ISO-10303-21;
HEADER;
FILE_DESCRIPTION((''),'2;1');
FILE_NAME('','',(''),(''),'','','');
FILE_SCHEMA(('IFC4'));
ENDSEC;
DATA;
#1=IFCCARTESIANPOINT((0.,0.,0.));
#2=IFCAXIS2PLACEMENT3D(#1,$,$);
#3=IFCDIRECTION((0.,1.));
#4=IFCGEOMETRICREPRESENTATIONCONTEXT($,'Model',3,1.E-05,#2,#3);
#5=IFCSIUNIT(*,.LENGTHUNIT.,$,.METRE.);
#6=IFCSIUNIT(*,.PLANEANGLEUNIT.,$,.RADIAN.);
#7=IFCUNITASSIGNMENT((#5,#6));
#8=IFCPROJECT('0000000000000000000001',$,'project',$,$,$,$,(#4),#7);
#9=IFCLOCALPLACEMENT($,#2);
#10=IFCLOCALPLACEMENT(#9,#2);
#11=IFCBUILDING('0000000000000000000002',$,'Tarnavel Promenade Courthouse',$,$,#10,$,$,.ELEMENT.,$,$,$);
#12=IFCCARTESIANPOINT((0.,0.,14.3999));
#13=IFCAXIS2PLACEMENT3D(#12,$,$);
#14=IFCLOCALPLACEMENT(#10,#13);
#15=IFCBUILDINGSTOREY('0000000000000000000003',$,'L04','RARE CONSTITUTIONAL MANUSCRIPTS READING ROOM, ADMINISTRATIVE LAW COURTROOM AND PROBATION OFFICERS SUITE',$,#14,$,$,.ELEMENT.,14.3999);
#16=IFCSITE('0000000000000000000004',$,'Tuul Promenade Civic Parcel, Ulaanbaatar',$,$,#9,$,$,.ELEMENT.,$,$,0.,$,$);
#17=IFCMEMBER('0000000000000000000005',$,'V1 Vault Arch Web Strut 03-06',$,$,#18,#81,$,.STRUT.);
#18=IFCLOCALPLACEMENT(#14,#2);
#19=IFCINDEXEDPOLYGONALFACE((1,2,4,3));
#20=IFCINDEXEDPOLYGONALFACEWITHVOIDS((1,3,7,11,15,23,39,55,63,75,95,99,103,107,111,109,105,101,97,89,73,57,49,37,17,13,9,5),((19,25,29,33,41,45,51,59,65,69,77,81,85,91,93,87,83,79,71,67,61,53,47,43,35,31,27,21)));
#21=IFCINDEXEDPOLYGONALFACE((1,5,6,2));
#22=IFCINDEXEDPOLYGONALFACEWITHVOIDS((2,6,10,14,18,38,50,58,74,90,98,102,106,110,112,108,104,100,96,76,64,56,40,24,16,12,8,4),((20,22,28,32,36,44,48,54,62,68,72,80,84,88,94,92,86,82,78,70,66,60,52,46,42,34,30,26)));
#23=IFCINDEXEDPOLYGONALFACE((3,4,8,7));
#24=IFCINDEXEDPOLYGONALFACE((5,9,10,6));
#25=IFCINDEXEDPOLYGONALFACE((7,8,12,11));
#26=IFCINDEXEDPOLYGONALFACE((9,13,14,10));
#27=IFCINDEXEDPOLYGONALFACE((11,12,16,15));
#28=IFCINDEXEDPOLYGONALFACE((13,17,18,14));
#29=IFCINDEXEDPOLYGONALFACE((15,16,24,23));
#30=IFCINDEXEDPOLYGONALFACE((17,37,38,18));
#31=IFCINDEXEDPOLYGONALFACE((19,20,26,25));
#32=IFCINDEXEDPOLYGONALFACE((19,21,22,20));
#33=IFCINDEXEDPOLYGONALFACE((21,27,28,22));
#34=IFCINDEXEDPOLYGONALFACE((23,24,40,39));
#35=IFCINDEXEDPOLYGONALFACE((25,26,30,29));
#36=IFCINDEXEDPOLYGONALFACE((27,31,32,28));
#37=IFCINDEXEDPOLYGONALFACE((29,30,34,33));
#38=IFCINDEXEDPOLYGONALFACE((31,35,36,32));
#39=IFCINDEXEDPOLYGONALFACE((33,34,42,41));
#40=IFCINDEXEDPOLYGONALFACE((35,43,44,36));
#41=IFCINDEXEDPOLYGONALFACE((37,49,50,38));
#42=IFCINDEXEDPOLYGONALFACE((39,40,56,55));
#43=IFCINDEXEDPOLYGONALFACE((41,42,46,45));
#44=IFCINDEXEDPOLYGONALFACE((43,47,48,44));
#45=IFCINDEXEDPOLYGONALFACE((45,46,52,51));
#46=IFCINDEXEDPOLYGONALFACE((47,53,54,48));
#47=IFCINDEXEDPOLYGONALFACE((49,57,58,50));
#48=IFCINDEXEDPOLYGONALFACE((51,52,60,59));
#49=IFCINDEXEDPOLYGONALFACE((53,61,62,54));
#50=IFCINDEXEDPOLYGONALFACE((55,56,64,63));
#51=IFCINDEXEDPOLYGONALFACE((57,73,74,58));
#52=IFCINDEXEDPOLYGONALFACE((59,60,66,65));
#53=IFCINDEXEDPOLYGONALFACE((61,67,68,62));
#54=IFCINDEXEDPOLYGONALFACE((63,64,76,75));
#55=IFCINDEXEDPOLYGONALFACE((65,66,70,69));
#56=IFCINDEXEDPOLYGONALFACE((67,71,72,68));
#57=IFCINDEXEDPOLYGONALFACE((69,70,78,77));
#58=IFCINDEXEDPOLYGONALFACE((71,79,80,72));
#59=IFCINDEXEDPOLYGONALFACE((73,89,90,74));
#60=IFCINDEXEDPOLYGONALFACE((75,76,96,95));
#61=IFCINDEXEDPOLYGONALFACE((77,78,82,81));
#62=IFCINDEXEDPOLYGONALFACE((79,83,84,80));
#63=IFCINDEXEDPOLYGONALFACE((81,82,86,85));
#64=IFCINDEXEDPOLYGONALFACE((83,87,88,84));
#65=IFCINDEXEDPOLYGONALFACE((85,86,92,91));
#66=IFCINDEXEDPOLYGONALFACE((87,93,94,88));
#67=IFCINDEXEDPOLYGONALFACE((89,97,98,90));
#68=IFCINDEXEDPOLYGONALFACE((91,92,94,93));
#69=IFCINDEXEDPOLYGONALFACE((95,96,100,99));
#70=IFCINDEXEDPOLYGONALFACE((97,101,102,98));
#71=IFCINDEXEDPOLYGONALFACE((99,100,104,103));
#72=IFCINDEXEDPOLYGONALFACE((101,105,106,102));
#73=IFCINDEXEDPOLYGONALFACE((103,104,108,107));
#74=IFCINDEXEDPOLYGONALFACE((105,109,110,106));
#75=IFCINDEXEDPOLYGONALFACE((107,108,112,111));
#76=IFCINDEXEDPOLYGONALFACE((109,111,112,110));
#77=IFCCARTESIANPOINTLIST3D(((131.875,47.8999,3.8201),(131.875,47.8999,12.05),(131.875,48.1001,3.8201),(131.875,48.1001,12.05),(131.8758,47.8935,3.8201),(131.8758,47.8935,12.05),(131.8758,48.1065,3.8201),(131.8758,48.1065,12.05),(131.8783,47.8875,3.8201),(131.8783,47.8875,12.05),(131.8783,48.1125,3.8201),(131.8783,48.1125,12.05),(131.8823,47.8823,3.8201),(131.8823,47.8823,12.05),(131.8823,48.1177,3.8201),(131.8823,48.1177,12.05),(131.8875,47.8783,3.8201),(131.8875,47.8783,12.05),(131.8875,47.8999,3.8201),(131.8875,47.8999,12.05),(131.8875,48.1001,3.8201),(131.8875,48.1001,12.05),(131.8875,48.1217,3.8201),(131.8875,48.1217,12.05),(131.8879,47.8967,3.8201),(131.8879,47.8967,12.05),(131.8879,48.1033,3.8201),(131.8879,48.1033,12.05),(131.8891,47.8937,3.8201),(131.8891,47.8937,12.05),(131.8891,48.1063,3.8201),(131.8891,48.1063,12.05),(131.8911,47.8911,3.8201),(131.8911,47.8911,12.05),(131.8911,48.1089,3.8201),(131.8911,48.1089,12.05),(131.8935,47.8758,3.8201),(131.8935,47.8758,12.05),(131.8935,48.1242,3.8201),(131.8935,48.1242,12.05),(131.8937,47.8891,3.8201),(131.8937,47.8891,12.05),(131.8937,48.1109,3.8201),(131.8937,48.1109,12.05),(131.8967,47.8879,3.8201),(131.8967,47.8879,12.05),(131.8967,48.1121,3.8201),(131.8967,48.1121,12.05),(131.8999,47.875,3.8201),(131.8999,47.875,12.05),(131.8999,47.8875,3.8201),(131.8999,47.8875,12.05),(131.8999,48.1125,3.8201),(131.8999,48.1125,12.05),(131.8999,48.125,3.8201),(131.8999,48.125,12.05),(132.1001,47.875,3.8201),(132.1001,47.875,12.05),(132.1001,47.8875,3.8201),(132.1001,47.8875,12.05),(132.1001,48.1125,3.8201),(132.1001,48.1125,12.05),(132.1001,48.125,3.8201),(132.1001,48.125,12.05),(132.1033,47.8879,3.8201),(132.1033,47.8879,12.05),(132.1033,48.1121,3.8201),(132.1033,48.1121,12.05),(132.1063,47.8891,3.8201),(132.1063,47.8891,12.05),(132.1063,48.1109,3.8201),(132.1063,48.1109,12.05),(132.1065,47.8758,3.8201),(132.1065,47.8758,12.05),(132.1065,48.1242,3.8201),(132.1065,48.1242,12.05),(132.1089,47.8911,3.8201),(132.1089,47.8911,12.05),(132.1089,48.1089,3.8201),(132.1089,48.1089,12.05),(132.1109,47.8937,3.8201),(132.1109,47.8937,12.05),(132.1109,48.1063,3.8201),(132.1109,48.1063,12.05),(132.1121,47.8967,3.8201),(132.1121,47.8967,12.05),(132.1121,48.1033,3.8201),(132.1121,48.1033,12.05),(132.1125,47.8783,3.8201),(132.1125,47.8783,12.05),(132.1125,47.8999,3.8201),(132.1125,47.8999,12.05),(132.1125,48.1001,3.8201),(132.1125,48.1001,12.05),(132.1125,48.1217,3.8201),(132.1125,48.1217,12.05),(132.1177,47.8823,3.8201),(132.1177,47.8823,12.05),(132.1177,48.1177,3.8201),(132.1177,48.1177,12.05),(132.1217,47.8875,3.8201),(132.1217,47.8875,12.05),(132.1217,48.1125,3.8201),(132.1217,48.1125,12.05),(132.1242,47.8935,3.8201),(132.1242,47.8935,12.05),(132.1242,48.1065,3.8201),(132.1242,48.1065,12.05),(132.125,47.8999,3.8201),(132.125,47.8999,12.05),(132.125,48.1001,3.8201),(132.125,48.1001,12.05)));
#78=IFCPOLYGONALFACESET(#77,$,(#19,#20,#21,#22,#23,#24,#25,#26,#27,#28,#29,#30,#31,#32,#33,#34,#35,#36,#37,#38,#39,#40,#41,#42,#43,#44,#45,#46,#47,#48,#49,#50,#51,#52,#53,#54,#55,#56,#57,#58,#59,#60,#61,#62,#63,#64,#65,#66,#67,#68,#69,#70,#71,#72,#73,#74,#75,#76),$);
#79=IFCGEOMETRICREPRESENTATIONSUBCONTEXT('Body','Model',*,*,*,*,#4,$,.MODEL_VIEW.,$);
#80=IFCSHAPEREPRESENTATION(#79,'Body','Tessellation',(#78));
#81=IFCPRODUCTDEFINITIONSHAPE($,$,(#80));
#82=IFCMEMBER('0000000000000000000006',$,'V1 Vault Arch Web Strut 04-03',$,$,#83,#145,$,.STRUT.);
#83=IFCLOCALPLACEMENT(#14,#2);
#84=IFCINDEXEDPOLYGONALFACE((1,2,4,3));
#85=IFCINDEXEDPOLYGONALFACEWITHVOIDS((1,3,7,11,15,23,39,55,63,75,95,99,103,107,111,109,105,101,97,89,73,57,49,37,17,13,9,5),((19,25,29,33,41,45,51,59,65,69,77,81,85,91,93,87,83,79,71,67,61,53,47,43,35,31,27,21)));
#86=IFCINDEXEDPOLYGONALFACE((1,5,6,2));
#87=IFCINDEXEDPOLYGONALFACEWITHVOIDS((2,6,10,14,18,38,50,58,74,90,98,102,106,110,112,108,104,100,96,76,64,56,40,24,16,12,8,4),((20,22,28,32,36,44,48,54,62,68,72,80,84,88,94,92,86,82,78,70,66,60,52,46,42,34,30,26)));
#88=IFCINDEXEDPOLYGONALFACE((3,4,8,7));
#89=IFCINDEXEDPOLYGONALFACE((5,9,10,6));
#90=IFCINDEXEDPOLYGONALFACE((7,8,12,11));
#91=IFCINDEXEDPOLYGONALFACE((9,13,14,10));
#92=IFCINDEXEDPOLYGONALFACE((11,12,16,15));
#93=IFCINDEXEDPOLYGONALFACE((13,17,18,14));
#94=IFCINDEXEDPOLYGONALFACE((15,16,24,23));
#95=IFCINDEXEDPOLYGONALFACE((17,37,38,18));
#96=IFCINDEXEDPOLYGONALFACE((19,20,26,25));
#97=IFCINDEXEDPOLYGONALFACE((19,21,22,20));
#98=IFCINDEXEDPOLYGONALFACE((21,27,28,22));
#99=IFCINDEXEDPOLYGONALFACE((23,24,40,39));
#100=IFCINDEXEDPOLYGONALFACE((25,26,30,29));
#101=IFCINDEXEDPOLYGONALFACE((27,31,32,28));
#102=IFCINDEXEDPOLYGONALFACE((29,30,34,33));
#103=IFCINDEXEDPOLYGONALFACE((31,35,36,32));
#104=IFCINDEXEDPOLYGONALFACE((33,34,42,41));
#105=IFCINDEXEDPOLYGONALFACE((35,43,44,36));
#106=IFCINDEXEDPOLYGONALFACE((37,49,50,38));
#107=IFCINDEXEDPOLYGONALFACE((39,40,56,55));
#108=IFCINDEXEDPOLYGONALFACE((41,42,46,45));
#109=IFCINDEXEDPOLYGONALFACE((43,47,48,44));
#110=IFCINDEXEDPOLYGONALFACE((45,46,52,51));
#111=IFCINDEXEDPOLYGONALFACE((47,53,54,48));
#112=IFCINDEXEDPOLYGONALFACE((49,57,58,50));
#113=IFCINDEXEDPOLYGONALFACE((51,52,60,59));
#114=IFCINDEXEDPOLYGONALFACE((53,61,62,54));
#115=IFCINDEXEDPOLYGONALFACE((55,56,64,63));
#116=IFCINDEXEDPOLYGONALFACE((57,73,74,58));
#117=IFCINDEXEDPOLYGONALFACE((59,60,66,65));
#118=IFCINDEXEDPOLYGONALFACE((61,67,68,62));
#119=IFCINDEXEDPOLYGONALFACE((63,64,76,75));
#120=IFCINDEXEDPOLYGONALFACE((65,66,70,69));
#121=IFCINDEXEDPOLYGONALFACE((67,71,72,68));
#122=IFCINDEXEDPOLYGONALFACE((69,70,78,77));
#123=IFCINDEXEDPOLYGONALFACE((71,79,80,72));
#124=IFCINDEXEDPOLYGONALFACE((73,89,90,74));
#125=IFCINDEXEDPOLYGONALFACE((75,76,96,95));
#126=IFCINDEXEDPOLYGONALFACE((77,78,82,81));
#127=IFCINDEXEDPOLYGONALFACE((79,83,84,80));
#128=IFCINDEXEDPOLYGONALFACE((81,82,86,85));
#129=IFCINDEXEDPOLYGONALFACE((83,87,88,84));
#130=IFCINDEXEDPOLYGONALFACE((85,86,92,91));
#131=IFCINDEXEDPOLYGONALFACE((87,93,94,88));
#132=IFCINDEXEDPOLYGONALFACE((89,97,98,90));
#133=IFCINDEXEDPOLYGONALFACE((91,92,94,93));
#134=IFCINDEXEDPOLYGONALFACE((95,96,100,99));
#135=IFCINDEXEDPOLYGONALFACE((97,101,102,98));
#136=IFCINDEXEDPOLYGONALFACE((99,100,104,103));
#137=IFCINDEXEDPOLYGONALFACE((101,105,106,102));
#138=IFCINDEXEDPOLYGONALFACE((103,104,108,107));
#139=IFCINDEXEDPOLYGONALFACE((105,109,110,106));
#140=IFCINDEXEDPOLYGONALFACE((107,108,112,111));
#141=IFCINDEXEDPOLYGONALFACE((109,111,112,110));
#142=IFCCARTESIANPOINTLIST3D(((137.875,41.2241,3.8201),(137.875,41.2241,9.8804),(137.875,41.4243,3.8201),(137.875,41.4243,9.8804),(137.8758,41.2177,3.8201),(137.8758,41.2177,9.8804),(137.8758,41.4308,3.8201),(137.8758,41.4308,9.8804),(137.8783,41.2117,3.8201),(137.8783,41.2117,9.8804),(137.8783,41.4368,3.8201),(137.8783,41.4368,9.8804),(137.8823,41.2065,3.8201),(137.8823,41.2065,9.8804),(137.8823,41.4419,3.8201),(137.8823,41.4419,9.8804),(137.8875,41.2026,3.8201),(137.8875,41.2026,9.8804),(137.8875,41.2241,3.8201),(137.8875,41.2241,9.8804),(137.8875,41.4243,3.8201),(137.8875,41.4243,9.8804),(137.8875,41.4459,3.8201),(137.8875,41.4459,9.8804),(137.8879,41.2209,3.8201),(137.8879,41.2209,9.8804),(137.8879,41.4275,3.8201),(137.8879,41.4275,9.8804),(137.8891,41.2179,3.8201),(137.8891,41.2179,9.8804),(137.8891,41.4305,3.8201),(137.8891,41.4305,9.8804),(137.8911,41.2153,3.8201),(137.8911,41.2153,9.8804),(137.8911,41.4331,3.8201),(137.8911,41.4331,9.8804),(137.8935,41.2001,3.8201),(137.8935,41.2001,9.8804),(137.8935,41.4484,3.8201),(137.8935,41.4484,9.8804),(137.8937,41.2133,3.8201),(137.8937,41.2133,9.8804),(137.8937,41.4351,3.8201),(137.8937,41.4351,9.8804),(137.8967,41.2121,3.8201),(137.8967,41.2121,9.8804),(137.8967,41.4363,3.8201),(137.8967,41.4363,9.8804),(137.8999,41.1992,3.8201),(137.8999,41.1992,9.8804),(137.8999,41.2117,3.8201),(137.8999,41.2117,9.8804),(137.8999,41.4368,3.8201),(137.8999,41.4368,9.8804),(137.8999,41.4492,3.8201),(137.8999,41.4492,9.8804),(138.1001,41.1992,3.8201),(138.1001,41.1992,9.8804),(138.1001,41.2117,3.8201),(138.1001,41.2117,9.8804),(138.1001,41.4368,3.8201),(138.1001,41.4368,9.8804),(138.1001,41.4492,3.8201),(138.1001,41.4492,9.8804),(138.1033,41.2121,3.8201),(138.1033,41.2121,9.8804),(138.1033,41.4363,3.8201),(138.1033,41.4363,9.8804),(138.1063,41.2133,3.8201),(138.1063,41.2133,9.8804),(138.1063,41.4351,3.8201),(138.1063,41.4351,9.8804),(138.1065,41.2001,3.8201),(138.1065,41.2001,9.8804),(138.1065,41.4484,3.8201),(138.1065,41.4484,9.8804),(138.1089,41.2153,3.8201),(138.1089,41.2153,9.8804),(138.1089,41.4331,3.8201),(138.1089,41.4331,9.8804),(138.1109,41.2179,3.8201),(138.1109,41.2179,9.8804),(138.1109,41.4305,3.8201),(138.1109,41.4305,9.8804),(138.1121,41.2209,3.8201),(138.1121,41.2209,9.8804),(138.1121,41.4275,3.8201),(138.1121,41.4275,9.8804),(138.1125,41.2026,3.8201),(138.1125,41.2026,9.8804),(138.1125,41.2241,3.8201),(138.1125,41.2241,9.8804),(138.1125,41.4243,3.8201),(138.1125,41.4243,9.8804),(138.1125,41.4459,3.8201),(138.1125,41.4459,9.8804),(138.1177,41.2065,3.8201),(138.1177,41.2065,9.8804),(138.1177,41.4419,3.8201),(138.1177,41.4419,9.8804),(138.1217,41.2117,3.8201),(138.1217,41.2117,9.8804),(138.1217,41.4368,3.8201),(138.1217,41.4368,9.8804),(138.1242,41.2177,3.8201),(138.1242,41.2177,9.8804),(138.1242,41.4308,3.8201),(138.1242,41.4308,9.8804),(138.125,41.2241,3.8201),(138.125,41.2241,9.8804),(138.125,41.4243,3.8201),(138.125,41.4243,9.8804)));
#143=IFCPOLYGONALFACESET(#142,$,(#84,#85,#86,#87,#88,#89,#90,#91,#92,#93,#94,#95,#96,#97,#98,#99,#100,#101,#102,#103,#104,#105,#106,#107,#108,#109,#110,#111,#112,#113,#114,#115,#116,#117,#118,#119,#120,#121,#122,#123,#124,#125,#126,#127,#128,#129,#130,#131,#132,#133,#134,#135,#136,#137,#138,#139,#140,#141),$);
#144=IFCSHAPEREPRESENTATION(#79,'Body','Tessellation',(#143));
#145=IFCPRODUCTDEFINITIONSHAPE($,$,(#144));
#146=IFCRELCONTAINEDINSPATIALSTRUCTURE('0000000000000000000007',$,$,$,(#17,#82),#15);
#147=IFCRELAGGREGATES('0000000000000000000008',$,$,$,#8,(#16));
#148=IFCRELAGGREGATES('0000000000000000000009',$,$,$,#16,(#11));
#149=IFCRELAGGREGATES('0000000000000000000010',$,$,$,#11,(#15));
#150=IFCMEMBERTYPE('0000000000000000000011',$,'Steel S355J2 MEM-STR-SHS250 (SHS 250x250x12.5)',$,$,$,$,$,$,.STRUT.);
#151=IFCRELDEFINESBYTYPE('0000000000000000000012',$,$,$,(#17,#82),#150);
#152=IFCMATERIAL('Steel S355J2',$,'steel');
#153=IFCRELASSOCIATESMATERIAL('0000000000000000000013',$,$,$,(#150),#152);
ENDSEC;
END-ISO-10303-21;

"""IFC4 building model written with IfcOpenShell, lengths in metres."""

from ifc_helpers import new_model, si_unit, direction, frame, origin, origin_2d, place, context, subcontext, project, spatial, hollow_rectangle, extrude, material, material_profile, profile_set, type_object, element, save


model = new_model("IFC4")

# Units and contexts
model_context = context("Model", 3, precision=1e-05, world=origin(), true_north=direction((0.0, 1.0)))
body_context = subcontext(model_context, "Body", "Model", "MODEL_VIEW")
ifc_project = project(units=[si_unit("LENGTHUNIT", "METRE"), si_unit("PLANEANGLEUNIT", "RADIAN")], contexts=[model_context])

# Site, building, storey
site_placement = place(None, origin())
site = spatial("IfcSite", under=ifc_project, at=site_placement, Name="Tuul Promenade Civic Parcel, Ulaanbaatar", CompositionType="ELEMENT", RefElevation=0.0)
building_placement = place(site_placement, origin())
building = spatial("IfcBuilding", under=site, at=building_placement, Name="Tarnavel Promenade Courthouse", CompositionType="ELEMENT")
storey_placement = place(building_placement, frame((0.0, 0.0, 14.3999)))
storey = spatial("IfcBuildingStorey", under=building, at=storey_placement, Name="L04", Description="RARE CONSTITUTIONAL MANUSCRIPTS READING ROOM, ADMINISTRATIVE LAW COURTROOM AND PROBATION OFFICERS SUITE", CompositionType="ELEMENT", Elevation=14.3999)

# Shared definitions
ifc_material_1 = material(Name="Steel S355J2", Category="steel")

# Members
ifc_material_profile_1 = material_profile(ifc_material_1, hollow_rectangle(XDim=0.25, YDim=0.25, WallThickness=0.0125, InnerFilletRadius=0.0125, OuterFilletRadius=0.0249, at=origin_2d()), Name="SHS 250x250x12.5")
ifc_profile_set_1 = profile_set([ifc_material_profile_1], Name="Steel S355J2")
member_type_1 = type_object("IfcMemberType", Name="Steel S355J2 MEM-STR-SHS250 (SHS 250x250x12.5)", PredefinedType="STRUT", material=ifc_profile_set_1)
member_1_placement = place(storey_placement, frame((132.0, 48.0, 3.8201), z_axis=(0.0, 0.0, 1.0), x_axis=(1.0, 0.0, 0.0)))
element("IfcMember", 1, at=member_1_placement, inside=storey, type_object=member_type_1, Name="V1 Vault Arch Web Strut 03-06", PredefinedType="STRUT", context=body_context, shape_type="SweptSolid", body=[
    extrude(hollow_rectangle(XDim=0.25, YDim=0.25, WallThickness=0.0125, InnerFilletRadius=0.0125, OuterFilletRadius=0.0249, at=origin_2d()), origin(), (0.0, 0.0, 1.0), 8.23),
])
member_2_placement = place(storey_placement, frame((138.0, 41.3242, 3.8201), z_axis=(0.0, 0.0, 1.0), x_axis=(1.0, 0.0, 0.0)))
element("IfcMember", 2, at=member_2_placement, inside=storey, type_object=member_type_1, Name="V1 Vault Arch Web Strut 04-03", PredefinedType="STRUT", context=body_context, shape_type="SweptSolid", body=[
    extrude(hollow_rectangle(XDim=0.25, YDim=0.25, WallThickness=0.0125, InnerFilletRadius=0.0125, OuterFilletRadius=0.0249, at=origin_2d()), origin(), (0.0, 0.0, 1.0), 6.0603),
])

save(model, "model.ifc")
